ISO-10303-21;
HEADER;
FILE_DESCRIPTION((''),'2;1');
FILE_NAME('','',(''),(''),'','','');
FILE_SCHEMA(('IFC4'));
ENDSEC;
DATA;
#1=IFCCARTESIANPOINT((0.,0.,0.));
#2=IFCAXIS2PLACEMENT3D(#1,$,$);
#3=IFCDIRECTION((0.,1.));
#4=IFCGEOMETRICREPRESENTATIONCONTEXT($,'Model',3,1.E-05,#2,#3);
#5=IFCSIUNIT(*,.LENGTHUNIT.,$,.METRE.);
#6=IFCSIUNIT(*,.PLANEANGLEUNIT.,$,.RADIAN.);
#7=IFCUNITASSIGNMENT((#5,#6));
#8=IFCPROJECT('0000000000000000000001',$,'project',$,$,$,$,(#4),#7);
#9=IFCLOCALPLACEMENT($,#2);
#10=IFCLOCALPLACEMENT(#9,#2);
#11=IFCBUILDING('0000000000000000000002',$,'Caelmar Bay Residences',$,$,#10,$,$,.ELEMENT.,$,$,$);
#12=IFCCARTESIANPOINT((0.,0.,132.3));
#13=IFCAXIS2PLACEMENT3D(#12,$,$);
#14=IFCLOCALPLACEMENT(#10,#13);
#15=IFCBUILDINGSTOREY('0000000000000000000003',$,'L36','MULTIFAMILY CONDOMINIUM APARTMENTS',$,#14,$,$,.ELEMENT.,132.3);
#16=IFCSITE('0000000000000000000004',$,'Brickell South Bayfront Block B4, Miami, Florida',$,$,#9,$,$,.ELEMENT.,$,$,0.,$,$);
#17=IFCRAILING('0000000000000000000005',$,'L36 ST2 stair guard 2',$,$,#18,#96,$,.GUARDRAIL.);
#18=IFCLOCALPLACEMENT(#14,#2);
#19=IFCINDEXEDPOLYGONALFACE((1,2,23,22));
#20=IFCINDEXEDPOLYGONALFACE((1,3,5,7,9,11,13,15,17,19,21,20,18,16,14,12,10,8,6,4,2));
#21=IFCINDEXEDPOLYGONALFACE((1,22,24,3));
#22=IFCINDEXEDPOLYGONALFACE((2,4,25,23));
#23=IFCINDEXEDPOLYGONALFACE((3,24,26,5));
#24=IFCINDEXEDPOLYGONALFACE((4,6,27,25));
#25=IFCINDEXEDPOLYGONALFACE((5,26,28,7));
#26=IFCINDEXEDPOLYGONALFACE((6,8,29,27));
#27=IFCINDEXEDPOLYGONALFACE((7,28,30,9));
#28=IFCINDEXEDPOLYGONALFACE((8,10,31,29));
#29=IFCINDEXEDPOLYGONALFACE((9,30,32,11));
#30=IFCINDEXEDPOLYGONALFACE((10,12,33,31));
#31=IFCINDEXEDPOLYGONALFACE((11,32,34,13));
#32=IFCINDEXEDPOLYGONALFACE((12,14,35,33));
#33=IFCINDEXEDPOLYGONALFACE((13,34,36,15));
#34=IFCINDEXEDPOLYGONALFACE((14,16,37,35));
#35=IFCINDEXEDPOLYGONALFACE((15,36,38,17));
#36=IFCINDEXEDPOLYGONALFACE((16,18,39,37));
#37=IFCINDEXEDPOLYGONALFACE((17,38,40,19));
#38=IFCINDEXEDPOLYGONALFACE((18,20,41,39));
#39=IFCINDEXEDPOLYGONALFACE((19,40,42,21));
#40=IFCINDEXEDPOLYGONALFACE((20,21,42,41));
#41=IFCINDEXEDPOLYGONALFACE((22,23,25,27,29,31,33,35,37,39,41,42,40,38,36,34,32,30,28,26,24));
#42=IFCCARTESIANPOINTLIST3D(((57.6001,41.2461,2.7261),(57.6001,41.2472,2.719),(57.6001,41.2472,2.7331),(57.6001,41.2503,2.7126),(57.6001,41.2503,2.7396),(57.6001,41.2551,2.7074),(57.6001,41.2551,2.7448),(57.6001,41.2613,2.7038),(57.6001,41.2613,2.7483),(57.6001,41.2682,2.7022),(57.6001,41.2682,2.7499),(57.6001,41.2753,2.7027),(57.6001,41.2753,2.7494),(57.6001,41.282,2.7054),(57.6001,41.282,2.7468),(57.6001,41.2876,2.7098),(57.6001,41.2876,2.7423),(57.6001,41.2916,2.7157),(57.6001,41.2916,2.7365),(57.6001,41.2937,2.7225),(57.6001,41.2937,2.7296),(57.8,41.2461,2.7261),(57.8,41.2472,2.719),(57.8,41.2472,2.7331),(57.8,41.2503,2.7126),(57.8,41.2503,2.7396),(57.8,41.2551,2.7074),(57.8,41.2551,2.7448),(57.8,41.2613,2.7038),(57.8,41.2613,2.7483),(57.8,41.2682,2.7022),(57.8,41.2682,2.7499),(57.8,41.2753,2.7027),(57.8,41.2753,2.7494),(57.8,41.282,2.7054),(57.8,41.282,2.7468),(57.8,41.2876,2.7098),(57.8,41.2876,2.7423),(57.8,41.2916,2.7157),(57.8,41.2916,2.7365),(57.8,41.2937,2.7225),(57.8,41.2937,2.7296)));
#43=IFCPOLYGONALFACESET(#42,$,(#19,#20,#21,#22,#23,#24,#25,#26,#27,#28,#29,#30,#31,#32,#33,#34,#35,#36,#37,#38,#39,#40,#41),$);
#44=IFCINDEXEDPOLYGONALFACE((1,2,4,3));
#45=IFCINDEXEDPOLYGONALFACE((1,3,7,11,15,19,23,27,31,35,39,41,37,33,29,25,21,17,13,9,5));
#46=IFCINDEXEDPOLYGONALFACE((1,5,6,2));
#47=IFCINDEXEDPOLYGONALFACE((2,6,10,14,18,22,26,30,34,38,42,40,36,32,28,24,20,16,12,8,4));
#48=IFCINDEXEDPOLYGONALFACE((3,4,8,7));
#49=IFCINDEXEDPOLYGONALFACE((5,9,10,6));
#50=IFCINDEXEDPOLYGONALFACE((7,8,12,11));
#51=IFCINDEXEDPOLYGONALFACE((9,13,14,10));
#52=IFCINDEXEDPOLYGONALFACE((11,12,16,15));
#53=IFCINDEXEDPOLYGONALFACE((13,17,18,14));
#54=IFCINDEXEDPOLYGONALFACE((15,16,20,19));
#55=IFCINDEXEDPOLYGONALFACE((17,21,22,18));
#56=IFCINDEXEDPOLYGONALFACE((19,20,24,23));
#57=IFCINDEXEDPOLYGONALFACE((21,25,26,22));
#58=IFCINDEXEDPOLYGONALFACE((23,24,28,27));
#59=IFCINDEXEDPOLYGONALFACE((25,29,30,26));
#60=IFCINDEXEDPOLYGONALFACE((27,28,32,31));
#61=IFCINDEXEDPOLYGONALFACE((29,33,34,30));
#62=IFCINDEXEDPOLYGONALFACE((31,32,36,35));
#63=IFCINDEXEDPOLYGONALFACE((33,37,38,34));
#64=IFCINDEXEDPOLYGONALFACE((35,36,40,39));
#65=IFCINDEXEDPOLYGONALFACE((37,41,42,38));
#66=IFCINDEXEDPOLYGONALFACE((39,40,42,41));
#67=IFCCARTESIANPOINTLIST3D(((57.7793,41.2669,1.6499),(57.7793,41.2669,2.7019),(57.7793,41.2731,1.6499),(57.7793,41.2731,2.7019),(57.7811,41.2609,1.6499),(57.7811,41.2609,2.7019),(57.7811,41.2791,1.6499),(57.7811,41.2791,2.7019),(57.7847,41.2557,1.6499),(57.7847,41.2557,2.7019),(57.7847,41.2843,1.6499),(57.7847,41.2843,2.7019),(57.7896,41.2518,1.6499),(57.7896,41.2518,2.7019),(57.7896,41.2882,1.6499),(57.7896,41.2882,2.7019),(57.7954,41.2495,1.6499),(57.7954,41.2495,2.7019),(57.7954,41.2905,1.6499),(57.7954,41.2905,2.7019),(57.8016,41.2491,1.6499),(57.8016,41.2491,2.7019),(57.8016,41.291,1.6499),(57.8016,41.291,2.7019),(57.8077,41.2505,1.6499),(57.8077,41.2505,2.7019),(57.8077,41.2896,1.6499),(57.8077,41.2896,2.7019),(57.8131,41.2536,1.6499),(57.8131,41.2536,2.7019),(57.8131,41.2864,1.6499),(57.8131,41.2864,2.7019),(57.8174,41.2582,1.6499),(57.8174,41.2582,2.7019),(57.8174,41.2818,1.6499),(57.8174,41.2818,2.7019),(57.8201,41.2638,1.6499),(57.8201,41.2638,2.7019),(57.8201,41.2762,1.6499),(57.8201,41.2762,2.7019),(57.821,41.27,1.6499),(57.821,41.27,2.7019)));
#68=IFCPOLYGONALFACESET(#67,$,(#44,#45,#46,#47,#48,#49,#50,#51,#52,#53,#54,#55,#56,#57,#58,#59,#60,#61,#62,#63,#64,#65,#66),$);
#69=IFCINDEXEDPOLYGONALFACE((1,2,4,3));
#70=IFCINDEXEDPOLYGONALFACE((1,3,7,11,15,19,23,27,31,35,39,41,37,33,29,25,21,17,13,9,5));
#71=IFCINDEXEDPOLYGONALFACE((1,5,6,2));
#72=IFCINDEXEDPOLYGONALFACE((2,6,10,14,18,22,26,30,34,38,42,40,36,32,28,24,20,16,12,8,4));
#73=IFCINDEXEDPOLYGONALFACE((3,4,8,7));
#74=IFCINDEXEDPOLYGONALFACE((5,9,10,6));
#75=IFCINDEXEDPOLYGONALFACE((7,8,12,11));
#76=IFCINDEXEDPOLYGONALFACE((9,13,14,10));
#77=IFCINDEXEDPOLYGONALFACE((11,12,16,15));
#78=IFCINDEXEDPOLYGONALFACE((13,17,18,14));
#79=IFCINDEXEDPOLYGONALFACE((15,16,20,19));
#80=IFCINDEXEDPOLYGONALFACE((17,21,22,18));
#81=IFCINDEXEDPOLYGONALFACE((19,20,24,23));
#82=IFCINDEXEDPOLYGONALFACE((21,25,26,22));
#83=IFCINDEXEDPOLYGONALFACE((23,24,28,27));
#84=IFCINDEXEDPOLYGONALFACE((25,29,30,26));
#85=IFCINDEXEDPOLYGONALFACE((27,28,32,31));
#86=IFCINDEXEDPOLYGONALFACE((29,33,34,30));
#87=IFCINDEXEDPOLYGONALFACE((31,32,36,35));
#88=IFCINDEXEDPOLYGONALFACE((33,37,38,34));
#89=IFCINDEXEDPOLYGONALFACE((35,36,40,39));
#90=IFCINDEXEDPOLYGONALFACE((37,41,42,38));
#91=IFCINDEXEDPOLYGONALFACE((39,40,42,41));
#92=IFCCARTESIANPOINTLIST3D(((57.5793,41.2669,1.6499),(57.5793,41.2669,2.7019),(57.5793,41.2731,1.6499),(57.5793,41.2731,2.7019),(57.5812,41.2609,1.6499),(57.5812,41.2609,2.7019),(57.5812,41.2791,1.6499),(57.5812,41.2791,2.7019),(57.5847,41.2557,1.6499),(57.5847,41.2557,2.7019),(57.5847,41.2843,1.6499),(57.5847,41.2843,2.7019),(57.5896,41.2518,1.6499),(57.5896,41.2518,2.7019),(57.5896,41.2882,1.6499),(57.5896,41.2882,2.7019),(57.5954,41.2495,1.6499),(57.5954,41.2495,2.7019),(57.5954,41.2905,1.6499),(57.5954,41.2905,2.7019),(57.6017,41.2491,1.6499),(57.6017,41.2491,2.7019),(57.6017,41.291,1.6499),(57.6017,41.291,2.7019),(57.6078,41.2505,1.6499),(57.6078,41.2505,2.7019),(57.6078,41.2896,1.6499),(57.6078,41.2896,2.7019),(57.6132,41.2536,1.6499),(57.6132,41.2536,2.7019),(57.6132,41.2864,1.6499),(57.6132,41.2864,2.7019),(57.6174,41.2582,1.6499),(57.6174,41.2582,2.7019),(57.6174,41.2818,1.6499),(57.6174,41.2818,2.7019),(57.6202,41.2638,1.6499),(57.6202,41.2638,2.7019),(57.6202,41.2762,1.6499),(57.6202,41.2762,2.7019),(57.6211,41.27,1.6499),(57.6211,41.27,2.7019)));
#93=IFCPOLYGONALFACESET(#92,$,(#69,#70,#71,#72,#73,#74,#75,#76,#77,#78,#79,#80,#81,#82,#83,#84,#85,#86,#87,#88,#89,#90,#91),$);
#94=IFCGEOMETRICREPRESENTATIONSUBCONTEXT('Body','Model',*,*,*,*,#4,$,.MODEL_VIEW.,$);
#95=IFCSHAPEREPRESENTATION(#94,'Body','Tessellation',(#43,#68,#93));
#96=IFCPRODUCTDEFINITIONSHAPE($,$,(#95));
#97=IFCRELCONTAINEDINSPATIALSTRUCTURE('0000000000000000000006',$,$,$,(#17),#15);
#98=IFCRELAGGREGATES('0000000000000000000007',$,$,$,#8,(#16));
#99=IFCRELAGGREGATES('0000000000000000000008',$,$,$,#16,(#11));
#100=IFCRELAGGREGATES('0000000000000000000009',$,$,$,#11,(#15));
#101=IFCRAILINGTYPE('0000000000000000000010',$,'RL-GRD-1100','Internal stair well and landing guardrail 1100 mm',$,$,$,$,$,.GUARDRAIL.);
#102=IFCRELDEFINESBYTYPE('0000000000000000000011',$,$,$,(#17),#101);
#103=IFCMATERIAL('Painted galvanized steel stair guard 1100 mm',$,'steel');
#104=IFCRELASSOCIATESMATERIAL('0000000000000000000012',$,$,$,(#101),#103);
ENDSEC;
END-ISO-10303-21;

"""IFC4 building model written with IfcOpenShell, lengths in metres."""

from ifc_helpers import new_model, si_unit, direction, frame, origin, origin_2d, place, context, subcontext, project, spatial, circle, extrude, material, type_object, element, save


model = new_model("IFC4")

# Units and contexts
model_context = context("Model", 3, precision=1e-05, world=origin(), true_north=direction((0.0, 1.0)))
body_context = subcontext(model_context, "Body", "Model", "MODEL_VIEW")
ifc_project = project(units=[si_unit("LENGTHUNIT", "METRE"), si_unit("PLANEANGLEUNIT", "RADIAN")], contexts=[model_context])

# Site, building, storey
site_placement = place(None, origin())
site = spatial("IfcSite", under=ifc_project, at=site_placement, Name="Brickell South Bayfront Block B4, Miami, Florida", CompositionType="ELEMENT", RefElevation=0.0)
building_placement = place(site_placement, origin())
building = spatial("IfcBuilding", under=site, at=building_placement, Name="Caelmar Bay Residences", CompositionType="ELEMENT")
storey_placement = place(building_placement, frame((0.0, 0.0, 132.3)))
storey = spatial("IfcBuildingStorey", under=building, at=storey_placement, Name="L36", Description="MULTIFAMILY CONDOMINIUM APARTMENTS", CompositionType="ELEMENT", Elevation=132.3)

# Railing
ifc_material_1 = material(Name="Painted galvanized steel stair guard 1100 mm", Category="steel")
railing_type_1 = type_object("IfcRailingType", Name="RL-GRD-1100", Description="Internal stair well and landing guardrail 1100 mm", PredefinedType="GUARDRAIL", material=ifc_material_1)
railing_1_placement = place(storey_placement, frame((57.8, 41.27, 1.6499)))
element("IfcRailing", 1, at=railing_1_placement, inside=storey, type_object=railing_type_1, Name="L36 ST2 stair guard 2", PredefinedType="GUARDRAIL", context=body_context, shape_type="SweptSolid", body=[
    extrude(circle(Radius=0.0239, at=origin_2d()), frame((0.0, 0.0, 1.0762), z_axis=(-1.0, 0.0, 0.0), x_axis=(0.0, -1.0, 0.0)), (0.0, 0.0, 1.0), 0.2),
    extrude(circle(Radius=0.021, at=origin_2d()), origin(), (0.0, 0.0, 1.0), 1.052),
    extrude(circle(Radius=0.021, at=origin_2d()), frame((-0.2, 0.0, 0.0)), (0.0, 0.0, 1.0), 1.052),
])

save(model, "model.ifc")
